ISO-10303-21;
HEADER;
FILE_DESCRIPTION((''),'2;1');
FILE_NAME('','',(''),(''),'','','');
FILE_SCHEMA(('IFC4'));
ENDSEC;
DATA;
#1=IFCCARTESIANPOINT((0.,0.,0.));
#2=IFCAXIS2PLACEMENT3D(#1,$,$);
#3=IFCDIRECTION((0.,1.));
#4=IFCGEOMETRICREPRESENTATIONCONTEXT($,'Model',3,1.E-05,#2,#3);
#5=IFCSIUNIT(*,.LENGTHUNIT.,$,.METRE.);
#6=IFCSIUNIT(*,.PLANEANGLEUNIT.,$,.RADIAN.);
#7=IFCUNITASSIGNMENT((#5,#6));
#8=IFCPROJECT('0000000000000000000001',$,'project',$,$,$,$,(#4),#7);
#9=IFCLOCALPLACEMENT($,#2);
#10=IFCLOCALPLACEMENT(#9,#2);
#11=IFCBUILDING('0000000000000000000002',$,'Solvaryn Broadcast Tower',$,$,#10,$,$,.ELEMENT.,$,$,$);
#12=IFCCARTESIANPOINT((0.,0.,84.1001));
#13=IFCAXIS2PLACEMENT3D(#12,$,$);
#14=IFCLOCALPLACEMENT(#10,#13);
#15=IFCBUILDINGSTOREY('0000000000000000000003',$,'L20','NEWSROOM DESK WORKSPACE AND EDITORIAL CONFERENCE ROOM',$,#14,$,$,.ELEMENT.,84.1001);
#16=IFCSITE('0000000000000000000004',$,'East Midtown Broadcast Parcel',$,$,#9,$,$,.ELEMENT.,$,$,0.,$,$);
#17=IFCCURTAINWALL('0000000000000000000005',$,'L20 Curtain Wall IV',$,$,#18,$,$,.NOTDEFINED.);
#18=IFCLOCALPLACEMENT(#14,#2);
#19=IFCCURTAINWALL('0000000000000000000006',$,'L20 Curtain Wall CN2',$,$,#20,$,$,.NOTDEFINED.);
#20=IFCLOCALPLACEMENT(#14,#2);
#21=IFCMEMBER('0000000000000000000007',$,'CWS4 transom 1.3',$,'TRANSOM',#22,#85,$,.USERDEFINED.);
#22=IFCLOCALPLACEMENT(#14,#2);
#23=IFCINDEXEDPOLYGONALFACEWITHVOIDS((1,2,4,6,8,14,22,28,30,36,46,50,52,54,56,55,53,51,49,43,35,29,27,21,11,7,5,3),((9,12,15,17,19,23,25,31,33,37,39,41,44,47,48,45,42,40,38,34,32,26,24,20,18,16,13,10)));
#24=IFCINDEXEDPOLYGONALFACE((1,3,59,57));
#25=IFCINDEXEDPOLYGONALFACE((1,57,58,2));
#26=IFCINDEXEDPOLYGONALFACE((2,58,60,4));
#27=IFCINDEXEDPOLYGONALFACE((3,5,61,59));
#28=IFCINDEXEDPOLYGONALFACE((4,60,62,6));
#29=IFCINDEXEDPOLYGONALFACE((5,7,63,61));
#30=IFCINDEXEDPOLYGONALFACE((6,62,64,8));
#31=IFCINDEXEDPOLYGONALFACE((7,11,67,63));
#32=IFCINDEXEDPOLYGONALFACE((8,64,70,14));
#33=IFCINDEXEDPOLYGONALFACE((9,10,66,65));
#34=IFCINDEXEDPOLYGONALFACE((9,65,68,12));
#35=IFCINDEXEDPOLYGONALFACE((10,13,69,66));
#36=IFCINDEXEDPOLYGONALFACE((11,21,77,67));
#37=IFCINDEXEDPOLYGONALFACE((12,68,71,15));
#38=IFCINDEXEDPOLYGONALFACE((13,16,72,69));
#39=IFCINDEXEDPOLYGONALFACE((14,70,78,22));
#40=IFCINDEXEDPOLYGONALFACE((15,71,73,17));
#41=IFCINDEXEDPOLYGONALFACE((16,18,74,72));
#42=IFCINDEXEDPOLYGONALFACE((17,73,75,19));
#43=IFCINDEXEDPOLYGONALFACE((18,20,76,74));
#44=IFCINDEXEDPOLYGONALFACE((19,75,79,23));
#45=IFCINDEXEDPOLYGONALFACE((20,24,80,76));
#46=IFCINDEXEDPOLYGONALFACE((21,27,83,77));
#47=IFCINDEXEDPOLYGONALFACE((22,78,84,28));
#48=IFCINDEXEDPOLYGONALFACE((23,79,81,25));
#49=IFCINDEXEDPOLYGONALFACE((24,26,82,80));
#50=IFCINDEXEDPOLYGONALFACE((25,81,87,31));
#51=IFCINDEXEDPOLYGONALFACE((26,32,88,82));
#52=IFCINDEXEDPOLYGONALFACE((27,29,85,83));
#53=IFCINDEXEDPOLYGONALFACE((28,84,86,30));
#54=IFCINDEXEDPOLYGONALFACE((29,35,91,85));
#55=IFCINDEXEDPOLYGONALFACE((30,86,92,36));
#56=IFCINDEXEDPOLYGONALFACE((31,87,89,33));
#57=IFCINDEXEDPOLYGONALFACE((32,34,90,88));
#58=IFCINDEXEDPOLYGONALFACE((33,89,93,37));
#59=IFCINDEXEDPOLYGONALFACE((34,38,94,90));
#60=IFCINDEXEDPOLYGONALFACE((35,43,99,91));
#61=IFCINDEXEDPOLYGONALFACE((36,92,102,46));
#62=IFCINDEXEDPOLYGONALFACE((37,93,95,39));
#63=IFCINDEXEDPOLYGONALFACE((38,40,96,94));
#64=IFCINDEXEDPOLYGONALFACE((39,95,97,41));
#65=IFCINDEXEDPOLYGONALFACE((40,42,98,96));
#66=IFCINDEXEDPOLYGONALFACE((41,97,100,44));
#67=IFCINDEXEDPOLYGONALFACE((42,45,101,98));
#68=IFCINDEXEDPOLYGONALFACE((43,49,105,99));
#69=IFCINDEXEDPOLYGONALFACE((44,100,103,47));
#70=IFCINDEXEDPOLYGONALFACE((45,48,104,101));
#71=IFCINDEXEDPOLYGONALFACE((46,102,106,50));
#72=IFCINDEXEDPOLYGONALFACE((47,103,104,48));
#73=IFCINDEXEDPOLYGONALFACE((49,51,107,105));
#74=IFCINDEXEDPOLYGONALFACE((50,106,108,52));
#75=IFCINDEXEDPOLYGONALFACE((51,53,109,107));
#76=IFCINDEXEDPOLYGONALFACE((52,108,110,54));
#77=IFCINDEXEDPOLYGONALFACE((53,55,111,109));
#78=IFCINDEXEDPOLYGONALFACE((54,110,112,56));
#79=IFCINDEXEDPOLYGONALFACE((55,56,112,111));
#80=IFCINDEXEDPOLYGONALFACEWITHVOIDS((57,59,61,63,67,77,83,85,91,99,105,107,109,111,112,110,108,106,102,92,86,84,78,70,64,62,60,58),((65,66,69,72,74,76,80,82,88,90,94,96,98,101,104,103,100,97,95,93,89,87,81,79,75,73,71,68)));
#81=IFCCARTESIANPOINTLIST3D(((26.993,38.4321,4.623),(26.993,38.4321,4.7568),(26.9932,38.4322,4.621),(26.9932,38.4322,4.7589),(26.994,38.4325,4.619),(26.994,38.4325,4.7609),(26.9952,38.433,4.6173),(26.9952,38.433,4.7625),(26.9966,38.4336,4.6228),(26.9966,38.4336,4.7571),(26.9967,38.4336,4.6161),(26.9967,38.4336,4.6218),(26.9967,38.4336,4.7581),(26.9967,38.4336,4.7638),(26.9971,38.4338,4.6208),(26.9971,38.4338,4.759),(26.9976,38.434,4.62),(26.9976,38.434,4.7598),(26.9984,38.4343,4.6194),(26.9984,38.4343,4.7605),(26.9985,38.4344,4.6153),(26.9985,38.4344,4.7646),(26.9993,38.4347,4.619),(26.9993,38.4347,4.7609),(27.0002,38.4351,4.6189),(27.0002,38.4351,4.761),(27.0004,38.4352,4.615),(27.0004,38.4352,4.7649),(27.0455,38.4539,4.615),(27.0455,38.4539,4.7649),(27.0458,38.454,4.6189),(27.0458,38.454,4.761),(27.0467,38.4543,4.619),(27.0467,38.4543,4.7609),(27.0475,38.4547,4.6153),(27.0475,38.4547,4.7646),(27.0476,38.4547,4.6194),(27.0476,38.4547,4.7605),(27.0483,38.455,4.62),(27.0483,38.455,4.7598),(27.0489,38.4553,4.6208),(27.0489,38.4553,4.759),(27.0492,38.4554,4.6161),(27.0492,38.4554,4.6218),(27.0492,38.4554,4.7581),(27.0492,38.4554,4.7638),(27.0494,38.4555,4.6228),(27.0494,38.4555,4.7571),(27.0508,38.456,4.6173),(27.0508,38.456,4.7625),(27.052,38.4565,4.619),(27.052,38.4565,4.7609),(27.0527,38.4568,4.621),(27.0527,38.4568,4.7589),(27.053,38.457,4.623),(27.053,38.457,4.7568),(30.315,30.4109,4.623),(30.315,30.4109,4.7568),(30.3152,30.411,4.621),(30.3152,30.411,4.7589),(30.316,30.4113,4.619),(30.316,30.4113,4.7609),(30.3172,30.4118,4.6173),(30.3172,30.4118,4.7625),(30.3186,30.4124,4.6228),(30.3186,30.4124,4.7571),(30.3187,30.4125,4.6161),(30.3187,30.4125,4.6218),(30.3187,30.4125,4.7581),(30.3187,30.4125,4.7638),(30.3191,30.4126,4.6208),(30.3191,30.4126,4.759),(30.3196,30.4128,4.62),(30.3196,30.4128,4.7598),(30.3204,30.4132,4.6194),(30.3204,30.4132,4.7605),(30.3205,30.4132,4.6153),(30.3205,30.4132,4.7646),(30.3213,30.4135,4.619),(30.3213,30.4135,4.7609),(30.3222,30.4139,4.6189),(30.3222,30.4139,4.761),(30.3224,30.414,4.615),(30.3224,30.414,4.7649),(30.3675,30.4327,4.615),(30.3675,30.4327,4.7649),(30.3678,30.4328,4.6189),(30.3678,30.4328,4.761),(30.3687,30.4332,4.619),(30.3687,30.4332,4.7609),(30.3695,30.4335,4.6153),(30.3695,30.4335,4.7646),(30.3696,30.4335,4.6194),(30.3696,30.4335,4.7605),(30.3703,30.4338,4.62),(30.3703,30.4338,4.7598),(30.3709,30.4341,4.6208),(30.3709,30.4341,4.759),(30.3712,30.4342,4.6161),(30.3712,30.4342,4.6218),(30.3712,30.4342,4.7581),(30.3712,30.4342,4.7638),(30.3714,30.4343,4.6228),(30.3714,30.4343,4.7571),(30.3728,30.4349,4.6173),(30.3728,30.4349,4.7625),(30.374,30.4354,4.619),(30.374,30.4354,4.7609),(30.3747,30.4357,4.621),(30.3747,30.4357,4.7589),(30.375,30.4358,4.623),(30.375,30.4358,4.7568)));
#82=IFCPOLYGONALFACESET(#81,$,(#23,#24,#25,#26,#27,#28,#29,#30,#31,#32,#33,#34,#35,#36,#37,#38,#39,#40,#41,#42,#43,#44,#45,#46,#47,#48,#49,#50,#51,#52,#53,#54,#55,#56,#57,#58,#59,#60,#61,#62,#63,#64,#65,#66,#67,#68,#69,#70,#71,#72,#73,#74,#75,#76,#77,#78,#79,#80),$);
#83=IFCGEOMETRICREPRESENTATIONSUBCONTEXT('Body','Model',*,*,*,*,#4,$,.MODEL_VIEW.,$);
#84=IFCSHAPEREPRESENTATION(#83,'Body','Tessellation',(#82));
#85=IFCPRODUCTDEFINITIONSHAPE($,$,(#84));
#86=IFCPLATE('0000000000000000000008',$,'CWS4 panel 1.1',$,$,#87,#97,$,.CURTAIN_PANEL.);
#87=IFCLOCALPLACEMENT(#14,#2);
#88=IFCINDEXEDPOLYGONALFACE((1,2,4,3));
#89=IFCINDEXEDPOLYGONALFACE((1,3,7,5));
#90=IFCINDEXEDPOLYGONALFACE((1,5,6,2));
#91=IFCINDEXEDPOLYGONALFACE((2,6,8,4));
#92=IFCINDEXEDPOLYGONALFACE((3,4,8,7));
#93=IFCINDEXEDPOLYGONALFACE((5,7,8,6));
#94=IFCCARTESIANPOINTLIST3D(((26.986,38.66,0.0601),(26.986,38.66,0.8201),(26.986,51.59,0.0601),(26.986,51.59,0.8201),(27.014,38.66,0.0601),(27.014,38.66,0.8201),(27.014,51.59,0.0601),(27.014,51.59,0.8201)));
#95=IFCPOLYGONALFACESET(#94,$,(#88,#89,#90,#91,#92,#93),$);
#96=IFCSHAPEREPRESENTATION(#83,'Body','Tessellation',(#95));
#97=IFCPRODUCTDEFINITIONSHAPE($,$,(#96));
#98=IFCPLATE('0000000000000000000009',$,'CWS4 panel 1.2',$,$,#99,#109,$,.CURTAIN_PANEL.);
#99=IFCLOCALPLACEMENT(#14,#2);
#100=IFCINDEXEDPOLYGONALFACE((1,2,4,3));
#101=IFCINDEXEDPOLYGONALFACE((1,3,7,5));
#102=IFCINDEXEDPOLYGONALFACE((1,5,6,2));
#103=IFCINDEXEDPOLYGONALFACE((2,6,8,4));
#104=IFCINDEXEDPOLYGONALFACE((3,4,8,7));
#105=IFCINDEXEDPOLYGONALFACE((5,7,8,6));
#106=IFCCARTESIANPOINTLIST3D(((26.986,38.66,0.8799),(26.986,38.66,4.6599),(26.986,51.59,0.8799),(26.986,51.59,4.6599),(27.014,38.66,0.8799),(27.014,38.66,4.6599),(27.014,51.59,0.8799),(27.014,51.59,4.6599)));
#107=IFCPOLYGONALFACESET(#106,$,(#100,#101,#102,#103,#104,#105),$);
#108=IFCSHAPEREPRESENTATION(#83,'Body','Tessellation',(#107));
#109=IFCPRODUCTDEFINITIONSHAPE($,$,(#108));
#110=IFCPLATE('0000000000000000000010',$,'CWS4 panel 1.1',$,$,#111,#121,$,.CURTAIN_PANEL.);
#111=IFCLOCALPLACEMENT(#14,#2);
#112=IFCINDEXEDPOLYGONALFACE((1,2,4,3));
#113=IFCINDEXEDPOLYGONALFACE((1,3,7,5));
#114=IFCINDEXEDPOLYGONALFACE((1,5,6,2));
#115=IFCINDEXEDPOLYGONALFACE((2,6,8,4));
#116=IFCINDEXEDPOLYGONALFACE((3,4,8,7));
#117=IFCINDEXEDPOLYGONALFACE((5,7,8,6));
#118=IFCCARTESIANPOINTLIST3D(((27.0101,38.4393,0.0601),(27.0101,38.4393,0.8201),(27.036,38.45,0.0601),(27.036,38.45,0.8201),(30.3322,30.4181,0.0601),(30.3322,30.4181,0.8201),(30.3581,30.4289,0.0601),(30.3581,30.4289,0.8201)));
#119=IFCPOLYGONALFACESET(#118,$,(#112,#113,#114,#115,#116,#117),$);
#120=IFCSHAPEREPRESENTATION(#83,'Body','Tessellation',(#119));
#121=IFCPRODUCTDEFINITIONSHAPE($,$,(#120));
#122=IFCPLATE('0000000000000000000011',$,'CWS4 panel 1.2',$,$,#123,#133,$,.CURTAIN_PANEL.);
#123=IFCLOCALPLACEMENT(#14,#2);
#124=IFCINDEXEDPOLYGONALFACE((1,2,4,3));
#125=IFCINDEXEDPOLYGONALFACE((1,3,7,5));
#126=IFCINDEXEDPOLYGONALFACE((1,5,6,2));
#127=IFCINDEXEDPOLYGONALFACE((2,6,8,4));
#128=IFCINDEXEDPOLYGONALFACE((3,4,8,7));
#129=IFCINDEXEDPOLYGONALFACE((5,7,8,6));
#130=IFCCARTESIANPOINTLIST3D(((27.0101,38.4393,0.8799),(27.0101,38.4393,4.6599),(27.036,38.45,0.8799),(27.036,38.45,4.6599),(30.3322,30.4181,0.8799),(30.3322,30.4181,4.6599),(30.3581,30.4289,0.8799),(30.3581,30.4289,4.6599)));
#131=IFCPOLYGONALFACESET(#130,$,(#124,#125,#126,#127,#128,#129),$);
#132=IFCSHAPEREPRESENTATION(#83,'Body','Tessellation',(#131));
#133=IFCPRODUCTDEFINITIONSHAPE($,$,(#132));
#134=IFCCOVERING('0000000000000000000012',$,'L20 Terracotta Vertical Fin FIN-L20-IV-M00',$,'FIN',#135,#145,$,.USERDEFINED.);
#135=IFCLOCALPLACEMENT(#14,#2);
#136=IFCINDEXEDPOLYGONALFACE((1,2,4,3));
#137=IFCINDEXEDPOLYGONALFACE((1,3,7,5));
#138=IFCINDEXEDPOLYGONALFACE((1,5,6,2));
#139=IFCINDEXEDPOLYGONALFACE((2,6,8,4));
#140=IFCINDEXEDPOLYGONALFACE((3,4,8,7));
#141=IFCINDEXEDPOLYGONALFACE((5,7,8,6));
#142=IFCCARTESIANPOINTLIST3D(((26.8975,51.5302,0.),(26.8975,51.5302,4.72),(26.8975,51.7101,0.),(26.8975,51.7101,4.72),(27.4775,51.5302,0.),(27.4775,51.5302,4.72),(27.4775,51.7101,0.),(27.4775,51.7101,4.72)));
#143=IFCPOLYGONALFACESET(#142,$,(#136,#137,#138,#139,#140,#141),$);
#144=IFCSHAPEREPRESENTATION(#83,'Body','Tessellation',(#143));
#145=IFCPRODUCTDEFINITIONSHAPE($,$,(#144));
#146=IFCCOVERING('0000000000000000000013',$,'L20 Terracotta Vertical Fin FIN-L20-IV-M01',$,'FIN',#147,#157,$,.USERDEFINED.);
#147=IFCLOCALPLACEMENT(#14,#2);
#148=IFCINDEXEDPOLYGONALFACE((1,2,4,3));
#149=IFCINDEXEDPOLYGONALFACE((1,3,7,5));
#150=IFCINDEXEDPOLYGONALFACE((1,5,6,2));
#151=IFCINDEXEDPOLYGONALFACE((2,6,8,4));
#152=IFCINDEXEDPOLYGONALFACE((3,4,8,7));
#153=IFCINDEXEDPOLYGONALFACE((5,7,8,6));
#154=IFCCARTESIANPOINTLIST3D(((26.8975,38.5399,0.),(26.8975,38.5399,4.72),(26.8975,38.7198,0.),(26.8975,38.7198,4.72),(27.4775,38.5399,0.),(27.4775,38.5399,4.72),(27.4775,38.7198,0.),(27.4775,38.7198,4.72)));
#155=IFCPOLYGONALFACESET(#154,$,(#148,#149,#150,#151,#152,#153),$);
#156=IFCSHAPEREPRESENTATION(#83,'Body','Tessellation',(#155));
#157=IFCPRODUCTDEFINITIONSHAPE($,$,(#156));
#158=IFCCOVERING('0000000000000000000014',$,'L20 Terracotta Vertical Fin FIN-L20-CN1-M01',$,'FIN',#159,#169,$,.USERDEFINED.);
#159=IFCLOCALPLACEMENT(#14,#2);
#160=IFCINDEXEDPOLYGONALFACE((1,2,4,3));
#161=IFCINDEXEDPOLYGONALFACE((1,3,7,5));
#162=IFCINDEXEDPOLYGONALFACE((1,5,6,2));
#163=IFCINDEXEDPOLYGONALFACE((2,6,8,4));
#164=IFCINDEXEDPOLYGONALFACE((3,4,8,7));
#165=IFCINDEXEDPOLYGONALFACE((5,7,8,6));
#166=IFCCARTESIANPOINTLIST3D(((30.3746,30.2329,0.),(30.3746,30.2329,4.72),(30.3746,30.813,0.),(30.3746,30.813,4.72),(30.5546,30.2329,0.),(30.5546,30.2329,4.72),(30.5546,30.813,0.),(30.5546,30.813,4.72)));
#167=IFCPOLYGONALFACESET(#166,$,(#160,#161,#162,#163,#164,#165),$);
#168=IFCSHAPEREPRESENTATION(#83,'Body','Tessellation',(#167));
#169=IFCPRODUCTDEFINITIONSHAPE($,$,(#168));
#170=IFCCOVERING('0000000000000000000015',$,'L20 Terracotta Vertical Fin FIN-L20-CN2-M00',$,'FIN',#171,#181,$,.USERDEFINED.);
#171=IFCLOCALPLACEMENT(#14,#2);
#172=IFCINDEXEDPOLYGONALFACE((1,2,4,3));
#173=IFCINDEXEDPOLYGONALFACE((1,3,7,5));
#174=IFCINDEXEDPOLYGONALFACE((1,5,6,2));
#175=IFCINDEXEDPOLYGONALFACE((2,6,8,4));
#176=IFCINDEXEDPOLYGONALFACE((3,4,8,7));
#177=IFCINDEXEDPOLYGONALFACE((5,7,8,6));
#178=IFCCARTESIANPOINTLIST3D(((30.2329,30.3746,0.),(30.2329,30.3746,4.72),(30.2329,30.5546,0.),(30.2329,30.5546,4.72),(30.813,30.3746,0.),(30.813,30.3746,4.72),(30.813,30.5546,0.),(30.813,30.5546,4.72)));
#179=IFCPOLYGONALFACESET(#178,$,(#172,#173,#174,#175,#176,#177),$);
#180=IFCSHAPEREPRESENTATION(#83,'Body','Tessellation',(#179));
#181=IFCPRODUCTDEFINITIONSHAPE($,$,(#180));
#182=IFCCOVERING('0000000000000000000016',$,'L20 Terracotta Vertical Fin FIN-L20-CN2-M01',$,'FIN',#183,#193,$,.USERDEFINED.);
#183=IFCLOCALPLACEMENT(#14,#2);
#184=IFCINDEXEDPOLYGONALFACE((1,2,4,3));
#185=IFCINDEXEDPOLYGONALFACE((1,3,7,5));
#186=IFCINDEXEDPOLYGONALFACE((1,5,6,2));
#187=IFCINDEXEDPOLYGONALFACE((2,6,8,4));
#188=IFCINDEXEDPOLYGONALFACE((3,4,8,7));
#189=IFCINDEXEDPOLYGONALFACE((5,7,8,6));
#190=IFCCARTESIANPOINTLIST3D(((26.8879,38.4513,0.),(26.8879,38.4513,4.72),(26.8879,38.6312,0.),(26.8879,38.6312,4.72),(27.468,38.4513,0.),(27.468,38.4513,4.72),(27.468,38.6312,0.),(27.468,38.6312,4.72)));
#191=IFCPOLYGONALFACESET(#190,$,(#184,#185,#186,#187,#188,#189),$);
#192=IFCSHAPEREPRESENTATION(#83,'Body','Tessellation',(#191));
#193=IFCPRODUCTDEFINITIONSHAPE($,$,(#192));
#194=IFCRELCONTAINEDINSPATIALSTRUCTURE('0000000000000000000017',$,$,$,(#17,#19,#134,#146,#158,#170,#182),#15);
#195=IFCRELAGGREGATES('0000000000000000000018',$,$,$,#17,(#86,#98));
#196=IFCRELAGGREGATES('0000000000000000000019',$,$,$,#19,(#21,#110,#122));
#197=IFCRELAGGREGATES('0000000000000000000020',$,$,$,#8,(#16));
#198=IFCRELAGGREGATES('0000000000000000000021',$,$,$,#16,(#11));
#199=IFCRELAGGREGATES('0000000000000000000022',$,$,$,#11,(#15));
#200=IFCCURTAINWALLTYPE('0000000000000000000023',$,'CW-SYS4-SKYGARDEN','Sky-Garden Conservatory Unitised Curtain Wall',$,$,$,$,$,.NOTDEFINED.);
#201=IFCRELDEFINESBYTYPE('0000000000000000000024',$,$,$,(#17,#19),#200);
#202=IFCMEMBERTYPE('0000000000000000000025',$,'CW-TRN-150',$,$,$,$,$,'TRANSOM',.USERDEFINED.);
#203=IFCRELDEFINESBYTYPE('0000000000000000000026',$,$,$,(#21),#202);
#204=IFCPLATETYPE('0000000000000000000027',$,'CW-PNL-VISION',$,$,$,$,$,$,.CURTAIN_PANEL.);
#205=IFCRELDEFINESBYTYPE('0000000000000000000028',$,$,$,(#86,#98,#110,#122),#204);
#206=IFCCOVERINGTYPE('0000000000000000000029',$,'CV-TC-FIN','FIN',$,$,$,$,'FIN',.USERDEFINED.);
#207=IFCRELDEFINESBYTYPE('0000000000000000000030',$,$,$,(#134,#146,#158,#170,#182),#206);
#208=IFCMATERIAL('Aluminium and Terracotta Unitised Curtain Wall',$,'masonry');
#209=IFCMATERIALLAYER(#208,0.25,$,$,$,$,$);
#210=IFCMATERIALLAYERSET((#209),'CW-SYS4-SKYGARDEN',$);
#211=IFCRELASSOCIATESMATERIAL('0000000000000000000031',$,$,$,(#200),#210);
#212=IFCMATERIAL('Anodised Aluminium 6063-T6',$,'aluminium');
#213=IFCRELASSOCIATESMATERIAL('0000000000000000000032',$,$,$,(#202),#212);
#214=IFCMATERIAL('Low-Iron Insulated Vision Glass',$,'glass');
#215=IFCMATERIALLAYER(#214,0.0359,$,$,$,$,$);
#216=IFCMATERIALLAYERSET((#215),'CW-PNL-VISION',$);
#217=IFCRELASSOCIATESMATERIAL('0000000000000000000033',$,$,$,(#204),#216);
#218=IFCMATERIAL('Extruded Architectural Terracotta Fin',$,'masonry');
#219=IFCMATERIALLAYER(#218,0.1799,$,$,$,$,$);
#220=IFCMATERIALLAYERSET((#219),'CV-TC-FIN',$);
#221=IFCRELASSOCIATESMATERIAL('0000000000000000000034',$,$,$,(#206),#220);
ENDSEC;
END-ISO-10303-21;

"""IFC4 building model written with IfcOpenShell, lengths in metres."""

from ifc_helpers import new_model, si_unit, direction, frame, origin, origin_2d, place, context, subcontext, project, spatial, rectangle, hollow_rectangle, extrude, material, layer, layer_set, material_profile, profile_set, type_object, element, aggregate, save


model = new_model("IFC4")

# Units and contexts
model_context = context("Model", 3, precision=1e-05, world=origin(), true_north=direction((0.0, 1.0)))
body_context = subcontext(model_context, "Body", "Model", "MODEL_VIEW")
ifc_project = project(units=[si_unit("LENGTHUNIT", "METRE"), si_unit("PLANEANGLEUNIT", "RADIAN")], contexts=[model_context])

# Site, building, storey
site_placement = place(None, origin())
site = spatial("IfcSite", under=ifc_project, at=site_placement, Name="East Midtown Broadcast Parcel", CompositionType="ELEMENT", RefElevation=0.0)
building_placement = place(site_placement, origin())
building = spatial("IfcBuilding", under=site, at=building_placement, Name="Solvaryn Broadcast Tower", CompositionType="ELEMENT")
storey_placement = place(building_placement, frame((0.0, 0.0, 84.1001)))
storey = spatial("IfcBuildingStorey", under=building, at=storey_placement, Name="L20", Description="NEWSROOM DESK WORKSPACE AND EDITORIAL CONFERENCE ROOM", CompositionType="ELEMENT", Elevation=84.1001)

# Curtain wall
ifc_material_1 = material(Name="Aluminium and Terracotta Unitised Curtain Wall", Category="masonry")
ifc_layer_1 = layer(ifc_material_1, 0.25)
ifc_layer_set_1 = layer_set([ifc_layer_1], Name="CW-SYS4-SKYGARDEN")
curtain_wall_type = type_object("IfcCurtainWallType", Name="CW-SYS4-SKYGARDEN", Description="Sky-Garden Conservatory Unitised Curtain Wall", PredefinedType="NOTDEFINED", material=ifc_layer_set_1)
curtain_wall_1_placement = place(storey_placement, origin())
curtain_wall_1 = element("IfcCurtainWall", 1, at=curtain_wall_1_placement, inside=storey, type_object=curtain_wall_type, Name="L20 Curtain Wall IV", PredefinedType="NOTDEFINED")

# Curtain wall
curtain_wall_2_placement = place(storey_placement, origin())
curtain_wall_2 = element("IfcCurtainWall", 2, at=curtain_wall_2_placement, inside=storey, type_object=curtain_wall_type, Name="L20 Curtain Wall CN2", PredefinedType="NOTDEFINED")

# Member
ifc_material_2 = material(Name="Anodised Aluminium 6063-T6", Category="aluminium")
ifc_material_profile_1 = material_profile(ifc_material_2, hollow_rectangle(XDim=0.0649, YDim=0.1499, WallThickness=0.0039, InnerFilletRadius=0.0039, OuterFilletRadius=0.0081, at=origin_2d()))
ifc_profile_set_1 = profile_set([ifc_material_profile_1], Name="Anodised Aluminium 6063-T6")
member_type_1 = type_object("IfcMemberType", Name="CW-TRN-150", ElementType="TRANSOM", PredefinedType="USERDEFINED", material=ifc_profile_set_1)
member_1_placement = place(storey_placement, frame((30.345, 30.4233, 4.6899), z_axis=(-0.382636, 0.923899, 0.0), x_axis=(-0.923899, -0.382636, 0.0)))
member_1 = element("IfcMember", 3, at=member_1_placement, type_object=member_type_1, Name="CWS4 transom 1.3", ObjectType="TRANSOM", PredefinedType="USERDEFINED", context=body_context, shape_type="SweptSolid", body=[
    extrude(hollow_rectangle(XDim=0.0649, YDim=0.1499, WallThickness=0.0039, InnerFilletRadius=0.0039, OuterFilletRadius=0.0081, at=origin_2d()), origin(), (0.0, 0.0, 1.0), 8.6819),
])

# Plates
ifc_material_3 = material(Name="Low-Iron Insulated Vision Glass", Category="glass")
ifc_layer_2 = layer(ifc_material_3, 0.0359)
ifc_layer_set_2 = layer_set([ifc_layer_2], Name="CW-PNL-VISION")
plate_type = type_object("IfcPlateType", Name="CW-PNL-VISION", PredefinedType="CURTAIN_PANEL", material=ifc_layer_set_2)
plate_1_placement = place(storey_placement, frame((27.0, 45.125, 0.0601), z_axis=(0.0, 0.0, 1.0), x_axis=(0.0, -1.0, 0.0)))
plate_1 = element("IfcPlate", 4, at=plate_1_placement, type_object=plate_type, Name="CWS4 panel 1.1", PredefinedType="CURTAIN_PANEL", context=body_context, shape_type="SweptSolid", body=[
    extrude(rectangle(XDim=12.9299, YDim=0.0281, at=origin_2d()), origin(), (0.0, 0.0, 1.0), 0.76),
])
plate_2_placement = place(storey_placement, frame((27.0, 45.125, 0.8799), z_axis=(0.0, 0.0, 1.0), x_axis=(0.0, -1.0, 0.0)))
plate_2 = element("IfcPlate", 5, at=plate_2_placement, type_object=plate_type, Name="CWS4 panel 1.2", PredefinedType="CURTAIN_PANEL", context=body_context, shape_type="SweptSolid", body=[
    extrude(rectangle(XDim=12.9299, YDim=0.0281, at=origin_2d()), origin(), (0.0, 0.0, 1.0), 3.78),
])
aggregate(curtain_wall_1, [plate_1, plate_2])
plate_3_placement = place(storey_placement, frame((28.6841, 34.4341, 0.0601), z_axis=(0.0, 0.0, 1.0), x_axis=(-0.382646, 0.923895, 0.0)))
plate_3 = element("IfcPlate", 6, at=plate_3_placement, type_object=plate_type, Name="CWS4 panel 1.1", PredefinedType="CURTAIN_PANEL", context=body_context, shape_type="SweptSolid", body=[
    extrude(rectangle(XDim=8.6819, YDim=0.0281, at=origin_2d()), origin(), (0.0, 0.0, 1.0), 0.76),
])
plate_4_placement = place(storey_placement, frame((28.6841, 34.4341, 0.8799), z_axis=(0.0, 0.0, 1.0), x_axis=(-0.382646, 0.923895, 0.0)))
plate_4 = element("IfcPlate", 7, at=plate_4_placement, type_object=plate_type, Name="CWS4 panel 1.2", PredefinedType="CURTAIN_PANEL", context=body_context, shape_type="SweptSolid", body=[
    extrude(rectangle(XDim=8.6819, YDim=0.0281, at=origin_2d()), origin(), (0.0, 0.0, 1.0), 3.78),
])
aggregate(curtain_wall_2, [member_1, plate_3, plate_4])

# Coverings
ifc_material_4 = material(Name="Extruded Architectural Terracotta Fin", Category="masonry")
ifc_layer_3 = layer(ifc_material_4, 0.1799)
ifc_layer_set_3 = layer_set([ifc_layer_3], Name="CV-TC-FIN")
covering_type = type_object("IfcCoveringType", Name="CV-TC-FIN", Description="FIN", ElementType="FIN", PredefinedType="USERDEFINED", material=ifc_layer_set_3)
for number, where, z_axis, x_axis, name in (
    (8, (27.1875, 51.6201, 0.0), (0.0, 0.0, 1.0), (1.0, 0.0, 0.0), "L20 Terracotta Vertical Fin FIN-L20-IV-M00"),
    (9, (27.1875, 38.6299, 0.0), (0.0, 0.0, 1.0), (1.0, 0.0, 0.0), "L20 Terracotta Vertical Fin FIN-L20-IV-M01"),
):
    element("IfcCovering", number, at=place(storey_placement, frame(where, z_axis=z_axis, x_axis=x_axis)), inside=storey, type_object=covering_type, Name=name, ObjectType="FIN", PredefinedType="USERDEFINED", context=body_context, shape_type="SweptSolid", body=[
        extrude(rectangle(XDim=0.5801, YDim=0.1799, at=origin_2d()), origin(), (0.0, 0.0, 1.0), 4.72),
    ])
covering_placement = place(storey_placement, frame((30.4646, 30.5229, 0.0), z_axis=(0.0, 0.0, 1.0), x_axis=(1.0, 0.0, 0.0)))
element("IfcCovering", 10, at=covering_placement, inside=storey, type_object=covering_type, Name="L20 Terracotta Vertical Fin FIN-L20-CN1-M01", ObjectType="FIN", PredefinedType="USERDEFINED", context=body_context, shape_type="SweptSolid", body=[
    extrude(rectangle(XDim=0.1799, YDim=0.5801, at=origin_2d()), origin(), (0.0, 0.0, 1.0), 4.72),
])
for number, where, z_axis, x_axis, name in (
    (11, (30.5229, 30.4646, 0.0), (0.0, 0.0, 1.0), (1.0, 0.0, 0.0), "L20 Terracotta Vertical Fin FIN-L20-CN2-M00"),
    (12, (27.178, 38.5413, 0.0), (0.0, 0.0, 1.0), (1.0, 0.0, 0.0), "L20 Terracotta Vertical Fin FIN-L20-CN2-M01"),
):
    element("IfcCovering", number, at=place(storey_placement, frame(where, z_axis=z_axis, x_axis=x_axis)), inside=storey, type_object=covering_type, Name=name, ObjectType="FIN", PredefinedType="USERDEFINED", context=body_context, shape_type="SweptSolid", body=[
        extrude(rectangle(XDim=0.5801, YDim=0.1799, at=origin_2d()), origin(), (0.0, 0.0, 1.0), 4.72),
    ])

save(model, "model.ifc")
